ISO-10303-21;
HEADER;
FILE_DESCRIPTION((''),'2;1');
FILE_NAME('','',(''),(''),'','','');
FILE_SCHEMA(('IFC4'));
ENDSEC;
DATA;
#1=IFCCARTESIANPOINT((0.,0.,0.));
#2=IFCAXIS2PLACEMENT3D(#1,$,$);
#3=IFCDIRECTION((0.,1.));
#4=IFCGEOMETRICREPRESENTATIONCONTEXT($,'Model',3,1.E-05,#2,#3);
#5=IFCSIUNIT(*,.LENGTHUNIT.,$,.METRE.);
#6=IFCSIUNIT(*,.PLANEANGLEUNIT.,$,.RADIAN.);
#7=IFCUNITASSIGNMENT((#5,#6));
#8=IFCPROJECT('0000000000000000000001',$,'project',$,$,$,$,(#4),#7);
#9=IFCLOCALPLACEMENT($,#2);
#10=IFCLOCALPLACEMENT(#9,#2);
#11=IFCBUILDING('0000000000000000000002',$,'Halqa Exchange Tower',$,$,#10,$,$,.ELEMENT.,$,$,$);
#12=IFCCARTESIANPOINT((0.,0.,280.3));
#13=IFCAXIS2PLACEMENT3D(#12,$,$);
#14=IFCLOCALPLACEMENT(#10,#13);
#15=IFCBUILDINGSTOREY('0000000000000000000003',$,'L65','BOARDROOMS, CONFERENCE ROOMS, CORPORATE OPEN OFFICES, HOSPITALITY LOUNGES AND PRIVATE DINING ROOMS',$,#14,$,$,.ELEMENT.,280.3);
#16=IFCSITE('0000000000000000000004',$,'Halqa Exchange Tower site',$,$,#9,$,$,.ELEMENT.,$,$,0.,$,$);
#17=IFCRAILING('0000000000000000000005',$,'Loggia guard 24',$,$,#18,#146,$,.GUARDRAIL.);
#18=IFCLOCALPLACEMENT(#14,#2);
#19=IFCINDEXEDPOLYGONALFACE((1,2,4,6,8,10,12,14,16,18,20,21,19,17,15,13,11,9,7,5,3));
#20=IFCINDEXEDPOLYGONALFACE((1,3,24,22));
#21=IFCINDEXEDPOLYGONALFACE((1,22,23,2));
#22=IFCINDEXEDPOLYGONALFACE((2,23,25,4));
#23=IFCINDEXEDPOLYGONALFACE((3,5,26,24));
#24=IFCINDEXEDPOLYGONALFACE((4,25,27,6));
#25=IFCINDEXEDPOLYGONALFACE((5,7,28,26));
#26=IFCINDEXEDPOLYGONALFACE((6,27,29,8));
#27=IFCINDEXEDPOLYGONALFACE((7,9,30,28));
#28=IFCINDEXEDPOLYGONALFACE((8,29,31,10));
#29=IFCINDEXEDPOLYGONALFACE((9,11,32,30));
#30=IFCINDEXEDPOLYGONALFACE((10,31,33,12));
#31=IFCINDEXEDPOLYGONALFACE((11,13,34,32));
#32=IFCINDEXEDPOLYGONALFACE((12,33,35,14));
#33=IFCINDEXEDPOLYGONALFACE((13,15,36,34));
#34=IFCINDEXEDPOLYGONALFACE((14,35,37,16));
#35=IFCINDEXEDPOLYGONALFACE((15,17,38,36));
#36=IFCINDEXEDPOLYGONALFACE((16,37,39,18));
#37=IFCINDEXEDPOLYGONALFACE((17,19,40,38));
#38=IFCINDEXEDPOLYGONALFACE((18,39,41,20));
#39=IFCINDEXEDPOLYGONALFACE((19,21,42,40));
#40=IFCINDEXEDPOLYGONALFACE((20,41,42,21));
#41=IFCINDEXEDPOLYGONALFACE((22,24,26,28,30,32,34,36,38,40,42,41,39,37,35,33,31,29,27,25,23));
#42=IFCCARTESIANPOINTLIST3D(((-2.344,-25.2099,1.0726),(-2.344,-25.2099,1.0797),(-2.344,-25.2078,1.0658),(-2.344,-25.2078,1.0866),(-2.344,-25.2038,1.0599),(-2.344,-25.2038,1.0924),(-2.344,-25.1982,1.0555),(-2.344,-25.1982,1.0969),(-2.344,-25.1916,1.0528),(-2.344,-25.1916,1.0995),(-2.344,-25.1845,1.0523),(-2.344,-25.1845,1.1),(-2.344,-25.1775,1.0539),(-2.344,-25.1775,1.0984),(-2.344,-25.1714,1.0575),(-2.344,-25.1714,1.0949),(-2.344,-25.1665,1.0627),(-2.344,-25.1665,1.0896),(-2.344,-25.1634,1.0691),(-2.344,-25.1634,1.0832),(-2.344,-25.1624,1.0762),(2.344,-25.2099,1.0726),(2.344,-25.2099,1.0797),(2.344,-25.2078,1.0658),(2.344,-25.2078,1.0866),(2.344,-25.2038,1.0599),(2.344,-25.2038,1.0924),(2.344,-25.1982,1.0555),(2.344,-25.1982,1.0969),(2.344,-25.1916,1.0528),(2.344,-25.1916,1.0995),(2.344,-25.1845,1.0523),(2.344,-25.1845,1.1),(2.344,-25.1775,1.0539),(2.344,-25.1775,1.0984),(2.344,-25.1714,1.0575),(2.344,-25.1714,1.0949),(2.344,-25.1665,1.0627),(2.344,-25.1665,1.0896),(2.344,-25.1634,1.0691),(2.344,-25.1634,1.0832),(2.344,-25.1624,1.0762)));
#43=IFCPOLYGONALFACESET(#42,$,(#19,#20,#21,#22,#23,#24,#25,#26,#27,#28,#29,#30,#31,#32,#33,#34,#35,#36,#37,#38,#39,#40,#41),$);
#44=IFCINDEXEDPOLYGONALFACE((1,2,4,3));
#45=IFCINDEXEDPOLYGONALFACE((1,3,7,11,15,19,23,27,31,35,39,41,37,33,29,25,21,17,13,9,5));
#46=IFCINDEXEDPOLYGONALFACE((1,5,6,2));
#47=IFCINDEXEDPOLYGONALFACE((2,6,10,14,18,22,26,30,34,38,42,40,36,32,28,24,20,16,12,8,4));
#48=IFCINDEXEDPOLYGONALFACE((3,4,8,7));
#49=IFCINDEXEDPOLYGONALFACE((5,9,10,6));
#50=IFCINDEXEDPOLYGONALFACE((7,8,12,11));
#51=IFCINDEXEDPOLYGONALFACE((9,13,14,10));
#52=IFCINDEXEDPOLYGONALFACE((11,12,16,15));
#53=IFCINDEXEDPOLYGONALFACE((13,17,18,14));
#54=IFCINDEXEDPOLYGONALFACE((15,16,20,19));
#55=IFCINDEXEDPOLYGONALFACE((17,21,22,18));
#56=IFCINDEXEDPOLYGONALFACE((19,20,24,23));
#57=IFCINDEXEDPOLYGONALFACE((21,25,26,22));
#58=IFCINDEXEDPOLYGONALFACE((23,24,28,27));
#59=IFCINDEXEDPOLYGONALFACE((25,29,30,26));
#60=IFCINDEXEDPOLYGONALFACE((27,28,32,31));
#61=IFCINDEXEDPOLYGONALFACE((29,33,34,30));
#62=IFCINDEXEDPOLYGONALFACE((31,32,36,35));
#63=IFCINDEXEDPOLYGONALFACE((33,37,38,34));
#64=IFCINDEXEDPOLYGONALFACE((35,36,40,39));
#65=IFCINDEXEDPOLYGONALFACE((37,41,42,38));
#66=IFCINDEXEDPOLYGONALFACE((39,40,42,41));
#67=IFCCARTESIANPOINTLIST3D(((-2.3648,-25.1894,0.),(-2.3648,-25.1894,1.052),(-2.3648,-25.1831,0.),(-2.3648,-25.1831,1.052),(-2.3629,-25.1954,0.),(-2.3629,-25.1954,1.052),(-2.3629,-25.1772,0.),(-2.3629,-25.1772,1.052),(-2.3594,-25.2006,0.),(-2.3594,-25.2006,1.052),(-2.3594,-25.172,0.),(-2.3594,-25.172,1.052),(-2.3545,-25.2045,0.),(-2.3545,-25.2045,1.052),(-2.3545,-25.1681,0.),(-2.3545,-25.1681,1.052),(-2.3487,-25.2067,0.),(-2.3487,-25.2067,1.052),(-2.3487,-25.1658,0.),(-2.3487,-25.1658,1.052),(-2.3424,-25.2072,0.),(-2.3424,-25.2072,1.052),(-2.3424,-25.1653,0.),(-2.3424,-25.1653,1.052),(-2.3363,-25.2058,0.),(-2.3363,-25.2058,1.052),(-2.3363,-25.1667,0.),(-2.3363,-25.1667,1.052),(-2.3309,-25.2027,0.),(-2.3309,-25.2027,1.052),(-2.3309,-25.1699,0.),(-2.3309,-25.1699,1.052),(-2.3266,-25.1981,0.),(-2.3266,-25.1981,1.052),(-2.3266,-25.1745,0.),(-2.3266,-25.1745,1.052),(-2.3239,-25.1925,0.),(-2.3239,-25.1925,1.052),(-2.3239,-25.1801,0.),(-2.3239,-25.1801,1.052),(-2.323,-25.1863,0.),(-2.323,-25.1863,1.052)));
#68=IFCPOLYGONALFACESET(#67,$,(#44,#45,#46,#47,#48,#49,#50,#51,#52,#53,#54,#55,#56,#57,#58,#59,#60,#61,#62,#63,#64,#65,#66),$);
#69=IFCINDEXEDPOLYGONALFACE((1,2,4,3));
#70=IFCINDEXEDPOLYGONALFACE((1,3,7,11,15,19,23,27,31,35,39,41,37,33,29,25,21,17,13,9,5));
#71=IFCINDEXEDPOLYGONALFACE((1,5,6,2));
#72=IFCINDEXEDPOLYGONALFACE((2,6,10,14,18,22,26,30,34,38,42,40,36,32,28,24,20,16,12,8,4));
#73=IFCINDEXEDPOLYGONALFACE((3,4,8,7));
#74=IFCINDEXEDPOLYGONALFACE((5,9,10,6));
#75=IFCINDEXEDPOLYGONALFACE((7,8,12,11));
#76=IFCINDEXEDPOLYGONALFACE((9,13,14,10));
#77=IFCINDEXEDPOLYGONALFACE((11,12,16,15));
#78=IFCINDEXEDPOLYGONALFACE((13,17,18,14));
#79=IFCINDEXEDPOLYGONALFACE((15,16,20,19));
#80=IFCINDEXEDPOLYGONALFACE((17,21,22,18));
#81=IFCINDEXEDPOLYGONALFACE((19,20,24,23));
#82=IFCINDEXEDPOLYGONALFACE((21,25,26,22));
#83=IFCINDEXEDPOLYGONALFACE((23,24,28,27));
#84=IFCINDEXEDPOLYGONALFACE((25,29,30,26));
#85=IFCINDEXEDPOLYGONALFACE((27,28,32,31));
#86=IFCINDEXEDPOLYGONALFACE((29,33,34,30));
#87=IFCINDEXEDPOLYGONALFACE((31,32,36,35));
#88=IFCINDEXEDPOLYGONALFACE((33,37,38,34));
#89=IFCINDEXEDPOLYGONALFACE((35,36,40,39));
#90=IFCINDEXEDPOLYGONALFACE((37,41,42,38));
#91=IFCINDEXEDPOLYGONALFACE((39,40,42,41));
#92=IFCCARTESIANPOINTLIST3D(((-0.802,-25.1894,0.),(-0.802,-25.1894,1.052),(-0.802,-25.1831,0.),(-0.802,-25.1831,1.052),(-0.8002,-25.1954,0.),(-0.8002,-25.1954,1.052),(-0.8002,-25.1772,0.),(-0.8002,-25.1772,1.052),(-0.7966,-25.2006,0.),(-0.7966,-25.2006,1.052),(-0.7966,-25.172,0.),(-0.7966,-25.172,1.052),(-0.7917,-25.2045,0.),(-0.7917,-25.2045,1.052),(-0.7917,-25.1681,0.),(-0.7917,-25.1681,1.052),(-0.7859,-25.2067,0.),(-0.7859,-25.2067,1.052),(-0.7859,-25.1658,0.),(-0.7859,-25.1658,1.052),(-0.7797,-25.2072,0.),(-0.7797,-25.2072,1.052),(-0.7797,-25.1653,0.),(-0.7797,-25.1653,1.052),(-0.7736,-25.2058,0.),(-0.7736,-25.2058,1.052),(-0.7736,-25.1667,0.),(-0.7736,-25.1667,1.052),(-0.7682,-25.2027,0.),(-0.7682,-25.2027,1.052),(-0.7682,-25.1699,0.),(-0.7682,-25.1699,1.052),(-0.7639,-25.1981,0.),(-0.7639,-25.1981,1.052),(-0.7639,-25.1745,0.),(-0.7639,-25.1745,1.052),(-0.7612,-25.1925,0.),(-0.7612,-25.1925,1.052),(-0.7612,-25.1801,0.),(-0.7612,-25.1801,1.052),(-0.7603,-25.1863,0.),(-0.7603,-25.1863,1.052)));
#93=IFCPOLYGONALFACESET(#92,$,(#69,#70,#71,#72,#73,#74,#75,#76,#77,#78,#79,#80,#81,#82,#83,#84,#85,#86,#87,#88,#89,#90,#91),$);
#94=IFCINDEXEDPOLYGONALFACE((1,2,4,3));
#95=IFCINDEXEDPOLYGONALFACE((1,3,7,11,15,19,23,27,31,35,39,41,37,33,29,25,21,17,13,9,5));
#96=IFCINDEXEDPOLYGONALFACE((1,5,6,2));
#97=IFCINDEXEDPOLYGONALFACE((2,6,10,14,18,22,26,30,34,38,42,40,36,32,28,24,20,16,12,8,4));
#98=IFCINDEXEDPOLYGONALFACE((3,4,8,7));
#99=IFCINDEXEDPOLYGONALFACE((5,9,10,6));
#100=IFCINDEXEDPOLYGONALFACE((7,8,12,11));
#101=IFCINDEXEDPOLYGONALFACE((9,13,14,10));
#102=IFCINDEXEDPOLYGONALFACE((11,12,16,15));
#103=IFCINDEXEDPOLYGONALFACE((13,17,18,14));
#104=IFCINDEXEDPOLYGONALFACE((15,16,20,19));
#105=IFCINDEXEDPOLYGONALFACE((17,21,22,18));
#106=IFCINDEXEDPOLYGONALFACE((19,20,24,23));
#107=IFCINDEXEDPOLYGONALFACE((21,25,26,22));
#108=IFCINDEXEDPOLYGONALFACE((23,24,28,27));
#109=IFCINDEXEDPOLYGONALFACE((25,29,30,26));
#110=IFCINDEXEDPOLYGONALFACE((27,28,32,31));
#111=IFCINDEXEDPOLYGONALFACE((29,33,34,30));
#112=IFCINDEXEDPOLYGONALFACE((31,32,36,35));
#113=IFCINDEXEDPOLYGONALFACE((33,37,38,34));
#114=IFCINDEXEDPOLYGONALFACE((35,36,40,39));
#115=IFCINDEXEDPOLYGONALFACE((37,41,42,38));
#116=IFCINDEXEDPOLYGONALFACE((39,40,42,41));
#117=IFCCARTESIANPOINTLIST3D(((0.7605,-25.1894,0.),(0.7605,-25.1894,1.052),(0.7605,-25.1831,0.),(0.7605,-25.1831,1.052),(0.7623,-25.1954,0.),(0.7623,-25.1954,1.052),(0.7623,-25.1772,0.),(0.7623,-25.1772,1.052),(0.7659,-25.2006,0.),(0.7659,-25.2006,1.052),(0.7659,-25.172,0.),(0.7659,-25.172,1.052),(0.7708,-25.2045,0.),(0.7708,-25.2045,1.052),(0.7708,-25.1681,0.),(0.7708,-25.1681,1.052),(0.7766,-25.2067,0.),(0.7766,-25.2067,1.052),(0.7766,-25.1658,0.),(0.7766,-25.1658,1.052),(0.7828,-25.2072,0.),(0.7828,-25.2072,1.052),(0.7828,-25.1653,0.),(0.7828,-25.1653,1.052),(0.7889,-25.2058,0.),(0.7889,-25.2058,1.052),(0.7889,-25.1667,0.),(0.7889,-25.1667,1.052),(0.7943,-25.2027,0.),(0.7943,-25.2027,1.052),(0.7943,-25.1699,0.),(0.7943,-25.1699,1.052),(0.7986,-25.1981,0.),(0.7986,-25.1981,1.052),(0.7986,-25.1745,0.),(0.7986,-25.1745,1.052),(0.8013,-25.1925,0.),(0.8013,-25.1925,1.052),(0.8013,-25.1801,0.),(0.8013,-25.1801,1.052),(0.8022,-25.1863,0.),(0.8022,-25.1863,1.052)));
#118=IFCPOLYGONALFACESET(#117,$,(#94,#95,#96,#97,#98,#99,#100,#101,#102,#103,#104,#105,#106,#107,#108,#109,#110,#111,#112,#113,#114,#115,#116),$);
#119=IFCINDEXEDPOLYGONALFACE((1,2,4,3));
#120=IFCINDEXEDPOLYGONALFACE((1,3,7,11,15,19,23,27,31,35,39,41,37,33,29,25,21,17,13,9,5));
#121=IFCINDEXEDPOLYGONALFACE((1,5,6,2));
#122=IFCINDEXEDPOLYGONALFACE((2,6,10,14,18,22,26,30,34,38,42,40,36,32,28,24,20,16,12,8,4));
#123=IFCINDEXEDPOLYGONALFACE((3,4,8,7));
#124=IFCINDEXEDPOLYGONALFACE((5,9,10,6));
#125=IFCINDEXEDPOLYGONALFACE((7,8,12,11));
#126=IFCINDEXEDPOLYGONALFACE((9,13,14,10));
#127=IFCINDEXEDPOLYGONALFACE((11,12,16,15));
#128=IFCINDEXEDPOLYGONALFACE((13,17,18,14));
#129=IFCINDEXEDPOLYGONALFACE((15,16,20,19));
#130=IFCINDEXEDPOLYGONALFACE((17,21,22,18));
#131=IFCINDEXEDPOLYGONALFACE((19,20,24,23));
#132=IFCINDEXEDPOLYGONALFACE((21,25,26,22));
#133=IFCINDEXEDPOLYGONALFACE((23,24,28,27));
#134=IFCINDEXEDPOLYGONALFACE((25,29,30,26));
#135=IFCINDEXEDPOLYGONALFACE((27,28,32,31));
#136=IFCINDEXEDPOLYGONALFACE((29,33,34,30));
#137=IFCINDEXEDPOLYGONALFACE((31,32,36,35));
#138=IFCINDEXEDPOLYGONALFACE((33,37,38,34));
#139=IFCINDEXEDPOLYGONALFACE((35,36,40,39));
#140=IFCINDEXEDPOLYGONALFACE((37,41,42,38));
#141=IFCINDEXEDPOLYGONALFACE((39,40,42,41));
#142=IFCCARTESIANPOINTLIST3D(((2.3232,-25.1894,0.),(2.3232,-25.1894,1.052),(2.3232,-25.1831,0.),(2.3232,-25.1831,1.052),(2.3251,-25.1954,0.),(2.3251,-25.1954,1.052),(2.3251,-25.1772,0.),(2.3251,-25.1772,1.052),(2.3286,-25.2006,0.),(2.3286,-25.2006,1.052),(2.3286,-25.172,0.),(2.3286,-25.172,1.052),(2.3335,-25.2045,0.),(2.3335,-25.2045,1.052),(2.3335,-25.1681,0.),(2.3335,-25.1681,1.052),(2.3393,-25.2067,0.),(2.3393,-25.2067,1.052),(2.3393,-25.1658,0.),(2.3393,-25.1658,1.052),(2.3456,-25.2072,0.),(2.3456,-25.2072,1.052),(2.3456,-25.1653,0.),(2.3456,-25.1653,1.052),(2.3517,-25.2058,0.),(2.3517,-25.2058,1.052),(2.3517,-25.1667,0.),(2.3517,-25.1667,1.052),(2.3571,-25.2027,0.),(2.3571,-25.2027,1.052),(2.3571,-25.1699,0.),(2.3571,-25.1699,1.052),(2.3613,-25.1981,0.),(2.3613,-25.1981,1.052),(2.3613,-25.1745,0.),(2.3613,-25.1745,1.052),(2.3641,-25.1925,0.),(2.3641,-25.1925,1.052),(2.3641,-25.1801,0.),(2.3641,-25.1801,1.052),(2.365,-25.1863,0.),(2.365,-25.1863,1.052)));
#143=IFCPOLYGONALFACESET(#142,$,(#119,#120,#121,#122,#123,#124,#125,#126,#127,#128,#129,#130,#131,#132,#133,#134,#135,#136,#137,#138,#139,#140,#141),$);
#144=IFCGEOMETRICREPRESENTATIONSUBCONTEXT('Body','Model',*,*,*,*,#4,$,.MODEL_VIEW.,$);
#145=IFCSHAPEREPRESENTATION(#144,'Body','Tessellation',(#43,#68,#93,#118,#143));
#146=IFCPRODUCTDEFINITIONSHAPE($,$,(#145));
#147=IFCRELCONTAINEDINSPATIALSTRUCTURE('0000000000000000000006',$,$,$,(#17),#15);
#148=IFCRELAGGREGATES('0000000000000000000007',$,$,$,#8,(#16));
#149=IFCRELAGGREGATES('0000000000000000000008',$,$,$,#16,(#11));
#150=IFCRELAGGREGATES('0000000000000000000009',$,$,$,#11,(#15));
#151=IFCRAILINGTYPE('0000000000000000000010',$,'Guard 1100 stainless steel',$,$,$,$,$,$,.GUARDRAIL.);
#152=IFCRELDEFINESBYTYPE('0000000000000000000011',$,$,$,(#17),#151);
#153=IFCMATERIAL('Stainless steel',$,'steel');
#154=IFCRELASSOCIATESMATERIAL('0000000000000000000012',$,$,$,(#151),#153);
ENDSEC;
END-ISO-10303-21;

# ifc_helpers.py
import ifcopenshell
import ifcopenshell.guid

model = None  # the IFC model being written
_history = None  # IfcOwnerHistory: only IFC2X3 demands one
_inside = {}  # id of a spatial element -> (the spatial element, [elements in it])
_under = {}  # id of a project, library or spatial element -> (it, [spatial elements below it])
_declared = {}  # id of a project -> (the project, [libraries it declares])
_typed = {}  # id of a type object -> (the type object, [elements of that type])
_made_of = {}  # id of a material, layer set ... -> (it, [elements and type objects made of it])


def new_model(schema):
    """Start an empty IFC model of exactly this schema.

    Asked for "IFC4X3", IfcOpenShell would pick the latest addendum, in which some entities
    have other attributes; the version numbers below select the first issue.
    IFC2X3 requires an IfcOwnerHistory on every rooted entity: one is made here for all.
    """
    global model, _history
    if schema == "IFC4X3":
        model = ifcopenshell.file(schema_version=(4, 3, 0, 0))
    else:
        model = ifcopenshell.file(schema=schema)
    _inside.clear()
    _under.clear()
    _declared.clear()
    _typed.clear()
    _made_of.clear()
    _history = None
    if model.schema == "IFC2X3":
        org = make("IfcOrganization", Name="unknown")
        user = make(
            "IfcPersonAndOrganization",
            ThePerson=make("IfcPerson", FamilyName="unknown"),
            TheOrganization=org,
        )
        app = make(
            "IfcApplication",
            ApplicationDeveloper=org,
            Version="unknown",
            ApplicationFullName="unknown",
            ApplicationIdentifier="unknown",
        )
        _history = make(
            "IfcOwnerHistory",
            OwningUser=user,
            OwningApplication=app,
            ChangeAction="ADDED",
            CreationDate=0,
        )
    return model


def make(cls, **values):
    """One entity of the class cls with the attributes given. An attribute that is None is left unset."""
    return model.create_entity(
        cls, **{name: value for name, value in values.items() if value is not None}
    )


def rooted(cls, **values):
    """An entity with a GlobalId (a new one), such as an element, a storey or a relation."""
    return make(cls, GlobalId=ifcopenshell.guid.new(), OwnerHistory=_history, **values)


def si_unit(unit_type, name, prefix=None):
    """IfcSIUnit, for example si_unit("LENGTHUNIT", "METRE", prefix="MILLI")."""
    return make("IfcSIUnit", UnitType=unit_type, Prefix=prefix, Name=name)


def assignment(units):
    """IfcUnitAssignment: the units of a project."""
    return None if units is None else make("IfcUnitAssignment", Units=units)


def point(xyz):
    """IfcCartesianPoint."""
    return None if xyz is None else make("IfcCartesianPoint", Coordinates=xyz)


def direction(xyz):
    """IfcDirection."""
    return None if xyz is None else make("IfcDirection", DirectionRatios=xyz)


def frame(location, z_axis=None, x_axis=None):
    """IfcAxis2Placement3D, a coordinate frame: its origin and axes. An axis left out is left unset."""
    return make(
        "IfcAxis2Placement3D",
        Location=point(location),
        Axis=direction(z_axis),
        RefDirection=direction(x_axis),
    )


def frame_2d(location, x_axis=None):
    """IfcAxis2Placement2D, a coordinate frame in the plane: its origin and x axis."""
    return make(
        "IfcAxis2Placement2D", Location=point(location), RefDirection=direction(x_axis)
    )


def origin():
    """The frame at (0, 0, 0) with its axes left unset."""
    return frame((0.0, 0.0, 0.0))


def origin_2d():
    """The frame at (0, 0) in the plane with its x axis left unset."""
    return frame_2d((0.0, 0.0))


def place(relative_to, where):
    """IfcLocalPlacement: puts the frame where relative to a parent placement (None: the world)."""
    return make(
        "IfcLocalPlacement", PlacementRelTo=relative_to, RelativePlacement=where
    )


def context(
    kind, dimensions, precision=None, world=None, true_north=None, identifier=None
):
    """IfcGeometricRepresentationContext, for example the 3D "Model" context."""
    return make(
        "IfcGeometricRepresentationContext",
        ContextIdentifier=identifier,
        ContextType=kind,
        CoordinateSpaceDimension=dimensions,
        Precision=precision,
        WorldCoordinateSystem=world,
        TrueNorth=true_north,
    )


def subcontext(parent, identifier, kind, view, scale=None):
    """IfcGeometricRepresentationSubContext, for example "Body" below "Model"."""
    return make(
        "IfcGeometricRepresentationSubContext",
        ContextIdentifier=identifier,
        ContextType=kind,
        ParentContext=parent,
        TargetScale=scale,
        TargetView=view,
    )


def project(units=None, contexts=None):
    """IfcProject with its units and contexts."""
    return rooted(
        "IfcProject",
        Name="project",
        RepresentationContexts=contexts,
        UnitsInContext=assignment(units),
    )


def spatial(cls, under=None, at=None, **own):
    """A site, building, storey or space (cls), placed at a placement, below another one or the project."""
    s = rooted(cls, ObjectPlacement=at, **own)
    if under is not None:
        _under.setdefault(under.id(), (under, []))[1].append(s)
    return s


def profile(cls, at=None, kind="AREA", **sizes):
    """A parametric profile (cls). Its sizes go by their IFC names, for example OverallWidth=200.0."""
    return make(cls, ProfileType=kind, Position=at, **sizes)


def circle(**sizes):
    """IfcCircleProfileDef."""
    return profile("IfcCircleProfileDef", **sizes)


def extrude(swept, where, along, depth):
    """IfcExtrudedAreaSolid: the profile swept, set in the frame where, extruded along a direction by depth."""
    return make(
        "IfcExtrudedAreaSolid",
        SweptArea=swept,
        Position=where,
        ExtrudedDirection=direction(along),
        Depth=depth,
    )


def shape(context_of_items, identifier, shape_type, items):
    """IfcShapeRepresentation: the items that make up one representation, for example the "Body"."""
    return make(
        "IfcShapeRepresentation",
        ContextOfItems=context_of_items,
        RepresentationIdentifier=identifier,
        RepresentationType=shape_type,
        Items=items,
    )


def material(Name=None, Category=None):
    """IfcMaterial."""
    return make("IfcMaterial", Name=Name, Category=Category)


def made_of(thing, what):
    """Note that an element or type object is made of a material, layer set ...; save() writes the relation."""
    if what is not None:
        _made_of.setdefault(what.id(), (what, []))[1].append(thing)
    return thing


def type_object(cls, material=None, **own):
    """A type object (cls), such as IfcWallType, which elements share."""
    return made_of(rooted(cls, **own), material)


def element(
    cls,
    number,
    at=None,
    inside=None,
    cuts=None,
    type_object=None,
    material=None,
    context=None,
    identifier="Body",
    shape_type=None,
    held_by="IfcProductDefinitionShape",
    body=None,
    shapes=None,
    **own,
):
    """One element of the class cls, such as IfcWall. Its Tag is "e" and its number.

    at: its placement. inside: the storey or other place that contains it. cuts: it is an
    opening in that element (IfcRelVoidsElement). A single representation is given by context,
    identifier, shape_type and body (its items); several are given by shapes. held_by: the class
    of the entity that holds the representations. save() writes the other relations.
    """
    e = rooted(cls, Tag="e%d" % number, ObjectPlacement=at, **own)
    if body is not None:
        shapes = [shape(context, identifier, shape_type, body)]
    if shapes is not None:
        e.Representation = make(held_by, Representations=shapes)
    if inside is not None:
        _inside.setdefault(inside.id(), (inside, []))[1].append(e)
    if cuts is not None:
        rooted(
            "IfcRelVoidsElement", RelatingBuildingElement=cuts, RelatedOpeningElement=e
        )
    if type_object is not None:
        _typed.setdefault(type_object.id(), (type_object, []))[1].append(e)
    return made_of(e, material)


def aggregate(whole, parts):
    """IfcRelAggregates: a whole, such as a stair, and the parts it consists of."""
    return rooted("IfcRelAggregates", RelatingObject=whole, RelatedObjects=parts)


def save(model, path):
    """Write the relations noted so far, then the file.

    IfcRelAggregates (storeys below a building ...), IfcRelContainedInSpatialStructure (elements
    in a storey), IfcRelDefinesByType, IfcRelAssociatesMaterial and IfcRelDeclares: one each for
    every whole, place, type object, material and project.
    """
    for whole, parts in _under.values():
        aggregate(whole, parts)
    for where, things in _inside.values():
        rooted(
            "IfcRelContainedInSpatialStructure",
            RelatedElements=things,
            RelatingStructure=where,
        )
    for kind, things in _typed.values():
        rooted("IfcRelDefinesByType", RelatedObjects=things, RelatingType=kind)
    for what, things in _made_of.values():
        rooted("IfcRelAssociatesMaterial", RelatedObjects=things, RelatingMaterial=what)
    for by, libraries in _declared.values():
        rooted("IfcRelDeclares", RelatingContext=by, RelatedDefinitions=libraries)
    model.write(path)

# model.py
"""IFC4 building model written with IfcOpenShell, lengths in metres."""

from ifc_helpers import new_model, si_unit, direction, frame, origin, origin_2d, place, context, subcontext, project, spatial, circle, extrude, material, type_object, element, save


model = new_model("IFC4")

# Units and contexts
model_context = context("Model", 3, precision=1e-05, world=origin(), true_north=direction((0.0, 1.0)))
body_context = subcontext(model_context, "Body", "Model", "MODEL_VIEW")
ifc_project = project(units=[si_unit("LENGTHUNIT", "METRE"), si_unit("PLANEANGLEUNIT", "RADIAN")], contexts=[model_context])

# Site, building, storey
site_placement = place(None, origin())
site = spatial("IfcSite", under=ifc_project, at=site_placement, Name="Halqa Exchange Tower site", CompositionType="ELEMENT", RefElevation=0.0)
building_placement = place(site_placement, origin())
building = spatial("IfcBuilding", under=site, at=building_placement, Name="Halqa Exchange Tower", CompositionType="ELEMENT")
storey_placement = place(building_placement, frame((0.0, 0.0, 280.3)))
storey = spatial("IfcBuildingStorey", under=building, at=storey_placement, Name="L65", Description="BOARDROOMS, CONFERENCE ROOMS, CORPORATE OPEN OFFICES, HOSPITALITY LOUNGES AND PRIVATE DINING ROOMS", CompositionType="ELEMENT", Elevation=280.3)

# Railing
ifc_material_1 = material(Name="Stainless steel", Category="steel")
railing_type = type_object("IfcRailingType", Name="Guard 1100 stainless steel", PredefinedType="GUARDRAIL", material=ifc_material_1)
railing_1_placement = place(storey_placement, frame((-2.344, -25.1863, 0.0)))
element("IfcRailing", 1, at=railing_1_placement, inside=storey, type_object=railing_type, Name="Loggia guard 24", PredefinedType="GUARDRAIL", context=body_context, shape_type="SweptSolid", body=[
    extrude(circle(Radius=0.0239, at=origin_2d()), frame((0.0, 0.0, 1.0762), z_axis=(1.0, 0.0, 0.0), x_axis=(0.0, 1.0, 0.0)), (0.0, 0.0, 1.0), 4.688),
    extrude(circle(Radius=0.021, at=origin_2d()), origin(), (0.0, 0.0, 1.0), 1.052),
    extrude(circle(Radius=0.021, at=origin_2d()), frame((1.5627, 0.0, 0.0)), (0.0, 0.0, 1.0), 1.052),
    extrude(circle(Radius=0.021, at=origin_2d()), frame((3.1252, 0.0, 0.0)), (0.0, 0.0, 1.0), 1.052),
    extrude(circle(Radius=0.021, at=origin_2d()), frame((4.688, 0.0, 0.0)), (0.0, 0.0, 1.0), 1.052),
])

save(model, "model.ifc")
